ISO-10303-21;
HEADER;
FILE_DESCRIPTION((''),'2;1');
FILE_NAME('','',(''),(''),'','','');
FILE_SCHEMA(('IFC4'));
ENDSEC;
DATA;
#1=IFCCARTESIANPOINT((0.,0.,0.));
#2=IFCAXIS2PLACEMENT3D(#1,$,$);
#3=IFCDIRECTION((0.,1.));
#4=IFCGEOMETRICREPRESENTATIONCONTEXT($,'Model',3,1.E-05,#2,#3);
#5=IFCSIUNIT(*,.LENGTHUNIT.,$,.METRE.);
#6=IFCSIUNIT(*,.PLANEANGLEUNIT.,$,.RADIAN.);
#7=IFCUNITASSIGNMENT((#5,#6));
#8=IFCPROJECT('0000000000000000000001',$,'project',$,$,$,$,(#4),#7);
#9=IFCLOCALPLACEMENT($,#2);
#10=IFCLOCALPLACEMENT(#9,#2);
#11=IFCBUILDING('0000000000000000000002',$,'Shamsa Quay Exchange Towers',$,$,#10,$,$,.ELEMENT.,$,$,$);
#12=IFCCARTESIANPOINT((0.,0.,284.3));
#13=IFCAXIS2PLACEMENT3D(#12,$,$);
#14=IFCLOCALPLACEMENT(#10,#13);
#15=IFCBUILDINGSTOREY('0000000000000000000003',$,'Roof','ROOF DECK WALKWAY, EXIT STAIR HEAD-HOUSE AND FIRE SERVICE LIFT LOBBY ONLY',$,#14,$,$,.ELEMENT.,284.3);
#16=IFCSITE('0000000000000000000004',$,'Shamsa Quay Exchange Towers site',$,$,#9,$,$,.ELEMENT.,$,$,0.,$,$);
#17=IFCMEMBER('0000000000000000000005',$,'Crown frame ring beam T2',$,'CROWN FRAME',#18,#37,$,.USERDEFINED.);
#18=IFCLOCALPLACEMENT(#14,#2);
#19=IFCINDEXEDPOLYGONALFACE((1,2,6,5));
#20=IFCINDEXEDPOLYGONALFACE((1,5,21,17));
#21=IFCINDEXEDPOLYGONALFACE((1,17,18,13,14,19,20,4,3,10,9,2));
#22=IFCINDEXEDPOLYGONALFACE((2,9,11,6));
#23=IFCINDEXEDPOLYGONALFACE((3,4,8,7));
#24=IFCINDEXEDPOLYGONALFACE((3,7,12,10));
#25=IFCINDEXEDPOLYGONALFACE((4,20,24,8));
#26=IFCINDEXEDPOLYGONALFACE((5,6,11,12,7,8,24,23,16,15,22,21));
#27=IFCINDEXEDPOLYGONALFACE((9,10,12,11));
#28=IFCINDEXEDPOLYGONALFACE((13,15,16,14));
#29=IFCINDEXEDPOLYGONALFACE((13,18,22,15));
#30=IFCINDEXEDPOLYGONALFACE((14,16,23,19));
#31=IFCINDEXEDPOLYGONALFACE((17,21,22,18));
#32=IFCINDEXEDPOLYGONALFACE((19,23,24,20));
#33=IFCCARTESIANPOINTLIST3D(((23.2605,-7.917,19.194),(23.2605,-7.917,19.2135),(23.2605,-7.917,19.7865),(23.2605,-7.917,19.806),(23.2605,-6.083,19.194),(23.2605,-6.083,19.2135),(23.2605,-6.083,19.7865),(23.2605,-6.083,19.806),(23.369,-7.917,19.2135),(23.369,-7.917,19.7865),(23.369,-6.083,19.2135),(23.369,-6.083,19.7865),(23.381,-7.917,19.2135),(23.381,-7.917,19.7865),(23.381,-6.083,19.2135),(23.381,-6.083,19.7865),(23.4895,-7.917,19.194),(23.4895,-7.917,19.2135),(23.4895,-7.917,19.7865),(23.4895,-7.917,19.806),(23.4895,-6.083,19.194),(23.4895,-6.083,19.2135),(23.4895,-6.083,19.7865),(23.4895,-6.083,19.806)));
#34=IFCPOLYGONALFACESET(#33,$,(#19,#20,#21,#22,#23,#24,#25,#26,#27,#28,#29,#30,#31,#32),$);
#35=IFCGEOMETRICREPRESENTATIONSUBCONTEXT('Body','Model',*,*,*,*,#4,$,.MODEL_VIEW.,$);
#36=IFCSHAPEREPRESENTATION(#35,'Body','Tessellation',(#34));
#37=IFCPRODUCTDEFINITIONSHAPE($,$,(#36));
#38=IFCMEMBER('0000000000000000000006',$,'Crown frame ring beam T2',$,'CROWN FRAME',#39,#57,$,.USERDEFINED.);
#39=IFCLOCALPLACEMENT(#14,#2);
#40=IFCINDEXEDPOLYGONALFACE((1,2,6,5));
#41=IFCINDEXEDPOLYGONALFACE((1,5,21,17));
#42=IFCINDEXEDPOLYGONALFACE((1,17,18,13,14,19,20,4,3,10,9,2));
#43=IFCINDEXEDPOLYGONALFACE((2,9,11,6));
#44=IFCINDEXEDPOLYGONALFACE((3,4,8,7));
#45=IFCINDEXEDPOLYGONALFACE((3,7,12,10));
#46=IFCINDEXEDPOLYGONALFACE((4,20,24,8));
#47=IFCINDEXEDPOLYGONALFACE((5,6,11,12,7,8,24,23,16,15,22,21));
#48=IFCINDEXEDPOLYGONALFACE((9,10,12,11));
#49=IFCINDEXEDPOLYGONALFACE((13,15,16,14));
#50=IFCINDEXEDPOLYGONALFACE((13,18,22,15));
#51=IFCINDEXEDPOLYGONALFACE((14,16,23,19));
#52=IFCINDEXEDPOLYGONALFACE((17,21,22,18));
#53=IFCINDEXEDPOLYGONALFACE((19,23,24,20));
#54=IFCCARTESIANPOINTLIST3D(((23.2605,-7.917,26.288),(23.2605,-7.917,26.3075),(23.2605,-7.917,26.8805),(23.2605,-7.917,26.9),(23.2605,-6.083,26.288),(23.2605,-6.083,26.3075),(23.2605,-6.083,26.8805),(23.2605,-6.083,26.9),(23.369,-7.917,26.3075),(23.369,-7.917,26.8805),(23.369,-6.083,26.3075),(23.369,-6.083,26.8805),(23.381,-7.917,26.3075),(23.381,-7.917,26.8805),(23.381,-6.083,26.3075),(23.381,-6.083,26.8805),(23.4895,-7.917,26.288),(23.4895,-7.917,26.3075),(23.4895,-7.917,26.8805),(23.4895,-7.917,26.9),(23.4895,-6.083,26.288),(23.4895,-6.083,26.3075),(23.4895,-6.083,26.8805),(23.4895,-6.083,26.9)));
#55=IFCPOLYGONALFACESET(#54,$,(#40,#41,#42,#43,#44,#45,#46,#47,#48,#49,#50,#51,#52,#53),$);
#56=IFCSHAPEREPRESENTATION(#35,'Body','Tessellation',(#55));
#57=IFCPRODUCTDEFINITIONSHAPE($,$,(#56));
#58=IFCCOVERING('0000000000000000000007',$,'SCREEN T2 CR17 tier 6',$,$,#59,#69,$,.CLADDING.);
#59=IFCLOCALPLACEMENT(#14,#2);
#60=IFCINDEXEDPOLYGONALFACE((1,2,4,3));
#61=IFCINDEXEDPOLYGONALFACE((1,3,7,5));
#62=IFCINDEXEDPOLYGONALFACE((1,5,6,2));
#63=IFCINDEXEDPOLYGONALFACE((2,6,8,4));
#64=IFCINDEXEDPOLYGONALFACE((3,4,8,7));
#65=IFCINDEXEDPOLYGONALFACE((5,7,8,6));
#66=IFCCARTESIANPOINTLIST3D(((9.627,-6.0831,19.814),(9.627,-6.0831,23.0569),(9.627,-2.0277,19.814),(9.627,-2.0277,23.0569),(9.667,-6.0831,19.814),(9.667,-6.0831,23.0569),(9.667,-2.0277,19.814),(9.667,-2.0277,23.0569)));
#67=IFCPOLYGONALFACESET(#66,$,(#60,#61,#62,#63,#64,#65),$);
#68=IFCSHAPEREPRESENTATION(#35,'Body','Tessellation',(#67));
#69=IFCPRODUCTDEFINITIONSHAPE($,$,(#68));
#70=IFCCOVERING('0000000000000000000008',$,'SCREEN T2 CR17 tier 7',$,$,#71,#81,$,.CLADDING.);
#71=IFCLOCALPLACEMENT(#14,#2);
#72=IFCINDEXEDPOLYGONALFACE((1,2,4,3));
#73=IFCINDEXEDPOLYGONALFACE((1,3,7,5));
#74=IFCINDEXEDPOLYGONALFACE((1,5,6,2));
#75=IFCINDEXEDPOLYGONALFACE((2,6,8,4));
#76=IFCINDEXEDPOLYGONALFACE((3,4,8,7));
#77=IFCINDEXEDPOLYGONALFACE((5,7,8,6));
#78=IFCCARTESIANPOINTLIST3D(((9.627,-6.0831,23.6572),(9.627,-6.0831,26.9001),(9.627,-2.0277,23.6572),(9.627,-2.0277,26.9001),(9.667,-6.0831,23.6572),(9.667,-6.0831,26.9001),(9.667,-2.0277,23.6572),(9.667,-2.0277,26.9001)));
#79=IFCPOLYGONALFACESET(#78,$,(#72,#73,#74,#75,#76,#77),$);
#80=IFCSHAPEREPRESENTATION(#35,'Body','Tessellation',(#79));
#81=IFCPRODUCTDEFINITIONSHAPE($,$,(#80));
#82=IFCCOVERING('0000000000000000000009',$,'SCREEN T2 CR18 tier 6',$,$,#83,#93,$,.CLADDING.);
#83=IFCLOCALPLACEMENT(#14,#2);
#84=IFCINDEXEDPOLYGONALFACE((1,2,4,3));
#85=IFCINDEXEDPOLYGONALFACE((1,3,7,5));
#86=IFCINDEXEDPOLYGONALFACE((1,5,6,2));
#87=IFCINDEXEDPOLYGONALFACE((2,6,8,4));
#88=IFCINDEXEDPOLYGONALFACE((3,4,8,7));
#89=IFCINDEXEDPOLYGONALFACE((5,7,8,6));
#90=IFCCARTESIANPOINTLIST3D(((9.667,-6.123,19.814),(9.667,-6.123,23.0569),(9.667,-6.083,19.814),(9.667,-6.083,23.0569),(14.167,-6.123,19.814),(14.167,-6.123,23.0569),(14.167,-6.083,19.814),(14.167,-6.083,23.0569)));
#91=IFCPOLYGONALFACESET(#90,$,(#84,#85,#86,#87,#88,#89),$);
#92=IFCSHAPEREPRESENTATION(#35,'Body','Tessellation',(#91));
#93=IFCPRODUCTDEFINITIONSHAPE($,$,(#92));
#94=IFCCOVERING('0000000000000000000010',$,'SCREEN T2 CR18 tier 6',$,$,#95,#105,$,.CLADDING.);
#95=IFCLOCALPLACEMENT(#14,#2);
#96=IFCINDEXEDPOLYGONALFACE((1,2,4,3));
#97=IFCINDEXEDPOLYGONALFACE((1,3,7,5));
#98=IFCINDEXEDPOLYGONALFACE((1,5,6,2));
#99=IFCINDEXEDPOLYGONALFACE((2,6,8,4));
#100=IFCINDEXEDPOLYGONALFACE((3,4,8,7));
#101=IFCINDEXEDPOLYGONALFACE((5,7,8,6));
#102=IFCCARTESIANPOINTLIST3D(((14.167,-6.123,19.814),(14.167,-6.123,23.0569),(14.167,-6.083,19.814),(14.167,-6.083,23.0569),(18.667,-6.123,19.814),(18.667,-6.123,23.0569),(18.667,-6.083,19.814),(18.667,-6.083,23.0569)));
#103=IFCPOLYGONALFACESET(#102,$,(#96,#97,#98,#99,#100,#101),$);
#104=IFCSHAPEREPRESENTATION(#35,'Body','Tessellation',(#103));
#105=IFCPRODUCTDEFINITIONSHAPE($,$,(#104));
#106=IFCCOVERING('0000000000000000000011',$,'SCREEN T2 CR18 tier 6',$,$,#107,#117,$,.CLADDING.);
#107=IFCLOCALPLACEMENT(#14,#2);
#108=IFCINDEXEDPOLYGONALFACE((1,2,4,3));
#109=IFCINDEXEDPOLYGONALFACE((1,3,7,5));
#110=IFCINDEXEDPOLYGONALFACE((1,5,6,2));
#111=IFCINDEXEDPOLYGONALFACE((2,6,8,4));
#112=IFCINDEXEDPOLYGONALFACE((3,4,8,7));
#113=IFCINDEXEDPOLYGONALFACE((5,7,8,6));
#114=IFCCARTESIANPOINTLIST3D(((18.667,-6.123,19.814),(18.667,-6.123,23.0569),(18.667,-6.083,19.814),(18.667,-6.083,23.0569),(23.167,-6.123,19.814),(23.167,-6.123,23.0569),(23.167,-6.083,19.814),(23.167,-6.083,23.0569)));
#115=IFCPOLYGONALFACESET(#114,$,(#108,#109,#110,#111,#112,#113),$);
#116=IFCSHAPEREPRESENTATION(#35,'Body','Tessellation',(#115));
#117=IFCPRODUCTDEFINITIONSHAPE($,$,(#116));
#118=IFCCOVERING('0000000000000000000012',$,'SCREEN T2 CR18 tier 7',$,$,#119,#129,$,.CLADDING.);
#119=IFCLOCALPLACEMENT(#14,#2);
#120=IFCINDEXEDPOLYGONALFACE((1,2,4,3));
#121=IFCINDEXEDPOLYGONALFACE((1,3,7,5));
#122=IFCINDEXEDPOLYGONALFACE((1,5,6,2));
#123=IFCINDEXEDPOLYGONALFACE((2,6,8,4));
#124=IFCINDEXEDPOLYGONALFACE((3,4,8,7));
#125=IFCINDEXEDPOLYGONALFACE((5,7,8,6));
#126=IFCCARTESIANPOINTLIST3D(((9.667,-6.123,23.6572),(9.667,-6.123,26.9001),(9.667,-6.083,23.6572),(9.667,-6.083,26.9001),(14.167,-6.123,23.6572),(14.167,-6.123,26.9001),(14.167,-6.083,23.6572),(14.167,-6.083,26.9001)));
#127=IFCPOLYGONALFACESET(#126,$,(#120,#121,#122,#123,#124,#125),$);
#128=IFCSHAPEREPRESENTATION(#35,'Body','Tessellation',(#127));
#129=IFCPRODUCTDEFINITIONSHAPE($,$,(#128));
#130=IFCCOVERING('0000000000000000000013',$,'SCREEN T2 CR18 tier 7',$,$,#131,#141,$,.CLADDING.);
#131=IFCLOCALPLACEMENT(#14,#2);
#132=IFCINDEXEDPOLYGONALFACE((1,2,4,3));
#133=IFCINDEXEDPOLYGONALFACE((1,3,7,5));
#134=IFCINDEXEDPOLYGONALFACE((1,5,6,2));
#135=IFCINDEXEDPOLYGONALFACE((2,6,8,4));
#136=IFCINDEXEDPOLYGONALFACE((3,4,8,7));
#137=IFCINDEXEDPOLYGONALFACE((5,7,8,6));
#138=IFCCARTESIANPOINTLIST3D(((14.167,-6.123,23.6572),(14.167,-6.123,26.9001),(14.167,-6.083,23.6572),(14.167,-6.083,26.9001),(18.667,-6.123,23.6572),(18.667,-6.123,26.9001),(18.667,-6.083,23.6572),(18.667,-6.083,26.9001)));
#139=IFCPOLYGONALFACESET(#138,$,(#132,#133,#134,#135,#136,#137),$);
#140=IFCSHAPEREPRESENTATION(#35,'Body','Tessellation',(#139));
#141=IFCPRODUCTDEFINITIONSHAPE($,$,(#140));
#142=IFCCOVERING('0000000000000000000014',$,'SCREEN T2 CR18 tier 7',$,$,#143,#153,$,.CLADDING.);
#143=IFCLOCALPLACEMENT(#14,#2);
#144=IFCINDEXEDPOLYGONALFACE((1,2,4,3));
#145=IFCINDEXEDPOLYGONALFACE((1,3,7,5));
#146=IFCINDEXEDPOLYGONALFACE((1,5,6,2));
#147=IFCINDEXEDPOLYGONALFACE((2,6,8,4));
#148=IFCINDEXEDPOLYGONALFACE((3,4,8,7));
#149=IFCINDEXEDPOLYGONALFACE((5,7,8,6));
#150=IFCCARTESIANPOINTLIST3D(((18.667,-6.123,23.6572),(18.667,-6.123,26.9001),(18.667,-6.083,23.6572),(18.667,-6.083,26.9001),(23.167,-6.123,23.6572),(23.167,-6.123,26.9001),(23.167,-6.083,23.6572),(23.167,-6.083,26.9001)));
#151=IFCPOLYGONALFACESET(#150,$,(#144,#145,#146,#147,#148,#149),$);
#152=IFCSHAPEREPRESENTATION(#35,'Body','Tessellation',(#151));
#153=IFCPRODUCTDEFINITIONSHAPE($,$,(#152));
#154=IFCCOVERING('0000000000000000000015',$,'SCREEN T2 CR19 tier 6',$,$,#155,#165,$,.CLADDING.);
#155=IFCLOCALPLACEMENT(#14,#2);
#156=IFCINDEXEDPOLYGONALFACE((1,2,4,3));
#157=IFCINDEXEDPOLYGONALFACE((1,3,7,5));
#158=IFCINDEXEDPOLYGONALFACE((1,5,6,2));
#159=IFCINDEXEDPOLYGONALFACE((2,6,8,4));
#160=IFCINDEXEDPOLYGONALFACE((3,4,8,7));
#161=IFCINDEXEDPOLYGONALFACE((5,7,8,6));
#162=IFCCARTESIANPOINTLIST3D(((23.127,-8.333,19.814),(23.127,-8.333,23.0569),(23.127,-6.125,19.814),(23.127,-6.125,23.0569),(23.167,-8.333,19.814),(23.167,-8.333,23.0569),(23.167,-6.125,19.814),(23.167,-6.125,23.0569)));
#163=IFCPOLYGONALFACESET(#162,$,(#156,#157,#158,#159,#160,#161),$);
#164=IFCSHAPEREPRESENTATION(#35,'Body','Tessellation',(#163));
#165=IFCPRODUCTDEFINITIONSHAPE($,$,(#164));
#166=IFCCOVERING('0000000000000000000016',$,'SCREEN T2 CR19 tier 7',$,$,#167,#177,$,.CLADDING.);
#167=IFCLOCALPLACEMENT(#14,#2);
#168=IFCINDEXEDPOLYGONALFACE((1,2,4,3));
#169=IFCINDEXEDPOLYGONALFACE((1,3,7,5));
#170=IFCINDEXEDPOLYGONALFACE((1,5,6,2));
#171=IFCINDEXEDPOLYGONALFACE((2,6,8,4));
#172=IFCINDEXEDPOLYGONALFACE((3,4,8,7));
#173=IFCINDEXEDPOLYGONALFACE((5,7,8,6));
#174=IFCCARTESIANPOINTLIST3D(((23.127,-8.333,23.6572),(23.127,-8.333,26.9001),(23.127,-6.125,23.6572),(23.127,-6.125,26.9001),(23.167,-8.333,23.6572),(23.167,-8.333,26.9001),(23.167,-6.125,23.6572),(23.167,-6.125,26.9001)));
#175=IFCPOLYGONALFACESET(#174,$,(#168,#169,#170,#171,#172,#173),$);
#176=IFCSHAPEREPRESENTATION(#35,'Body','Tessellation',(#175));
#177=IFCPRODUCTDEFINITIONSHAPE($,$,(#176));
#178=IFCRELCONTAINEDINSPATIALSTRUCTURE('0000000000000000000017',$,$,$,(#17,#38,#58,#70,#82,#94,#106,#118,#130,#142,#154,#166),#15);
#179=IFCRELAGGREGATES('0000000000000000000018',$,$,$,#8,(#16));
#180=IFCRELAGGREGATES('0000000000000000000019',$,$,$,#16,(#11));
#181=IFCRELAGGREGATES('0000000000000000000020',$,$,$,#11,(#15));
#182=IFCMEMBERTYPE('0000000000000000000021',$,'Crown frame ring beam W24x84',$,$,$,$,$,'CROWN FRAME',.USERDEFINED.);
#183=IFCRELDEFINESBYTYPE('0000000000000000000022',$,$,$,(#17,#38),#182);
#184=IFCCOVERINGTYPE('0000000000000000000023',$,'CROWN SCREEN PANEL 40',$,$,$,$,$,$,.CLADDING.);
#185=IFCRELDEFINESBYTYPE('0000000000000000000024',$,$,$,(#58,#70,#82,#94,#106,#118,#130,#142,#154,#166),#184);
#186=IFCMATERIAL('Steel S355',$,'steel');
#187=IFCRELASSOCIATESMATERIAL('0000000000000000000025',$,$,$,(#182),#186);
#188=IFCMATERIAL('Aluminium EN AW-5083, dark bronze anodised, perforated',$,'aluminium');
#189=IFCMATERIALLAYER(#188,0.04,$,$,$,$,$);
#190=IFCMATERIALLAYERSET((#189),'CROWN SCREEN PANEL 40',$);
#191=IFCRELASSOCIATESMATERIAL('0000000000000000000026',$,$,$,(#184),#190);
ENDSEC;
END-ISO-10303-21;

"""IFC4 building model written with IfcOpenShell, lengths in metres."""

from ifc_helpers import new_model, si_unit, direction, frame, origin, origin_2d, place, context, subcontext, project, spatial, rectangle, i_section, extrude, material, layer, layer_set, material_profile, profile_set, type_object, element, save


model = new_model("IFC4")

# Units and contexts
model_context = context("Model", 3, precision=1e-05, world=origin(), true_north=direction((0.0, 1.0)))
body_context = subcontext(model_context, "Body", "Model", "MODEL_VIEW")
ifc_project = project(units=[si_unit("LENGTHUNIT", "METRE"), si_unit("PLANEANGLEUNIT", "RADIAN")], contexts=[model_context])

# Site, building, storey
site_placement = place(None, origin())
site = spatial("IfcSite", under=ifc_project, at=site_placement, Name="Shamsa Quay Exchange Towers site", CompositionType="ELEMENT", RefElevation=0.0)
building_placement = place(site_placement, origin())
building = spatial("IfcBuilding", under=site, at=building_placement, Name="Shamsa Quay Exchange Towers", CompositionType="ELEMENT")
storey_placement = place(building_placement, frame((0.0, 0.0, 284.3)))
storey = spatial("IfcBuildingStorey", under=building, at=storey_placement, Name="Roof", Description="ROOF DECK WALKWAY, EXIT STAIR HEAD-HOUSE AND FIRE SERVICE LIFT LOBBY ONLY", CompositionType="ELEMENT", Elevation=284.3)

# Members
ifc_material_1 = material(Name="Steel S355", Category="steel")
ifc_material_profile_1 = material_profile(ifc_material_1, i_section(OverallWidth=0.229, OverallDepth=0.6121, WebThickness=0.012, FlangeThickness=0.0195, at=origin_2d()), Name="W24x84")
ifc_profile_set_1 = profile_set([ifc_material_profile_1], Name="Steel S355")
member_type_1 = type_object("IfcMemberType", Name="Crown frame ring beam W24x84", ElementType="CROWN FRAME", PredefinedType="USERDEFINED", material=ifc_profile_set_1)
for number, where, z_axis, x_axis, name in (
    (1, (23.375, -6.083, 19.5), (0.0, -1.0, 0.0), (1.0, 0.0, 0.0), "Crown frame ring beam T2"),
    (2, (23.375, -6.083, 26.594), (0.0, -1.0, 0.0), (1.0, 0.0, 0.0), "Crown frame ring beam T2"),
):
    element("IfcMember", number, at=place(storey_placement, frame(where, z_axis=z_axis, x_axis=x_axis)), inside=storey, type_object=member_type_1, Name=name, ObjectType="CROWN FRAME", PredefinedType="USERDEFINED", context=body_context, shape_type="SweptSolid", body=[
        extrude(i_section(OverallWidth=0.229, OverallDepth=0.6121, WebThickness=0.012, FlangeThickness=0.0195, at=origin_2d()), origin(), (0.0, 0.0, 1.0), 1.834),
    ])

# Coverings
ifc_material_2 = material(Name="Aluminium EN AW-5083, dark bronze anodised, perforated", Category="aluminium")
ifc_layer = layer(ifc_material_2, 0.04)
ifc_layer_set = layer_set([ifc_layer], Name="CROWN SCREEN PANEL 40")
covering_type = type_object("IfcCoveringType", Name="CROWN SCREEN PANEL 40", PredefinedType="CLADDING", material=ifc_layer_set)
for number, where, z_axis, x_axis, name in (
    (3, (9.647, -4.0554, 19.814), (0.0, 0.0, 1.0), (0.0, -1.0, 0.0), "SCREEN T2 CR17 tier 6"),
    (4, (9.647, -4.0554, 23.6572), (0.0, 0.0, 1.0), (0.0, -1.0, 0.0), "SCREEN T2 CR17 tier 7"),
):
    element("IfcCovering", number, at=place(storey_placement, frame(where, z_axis=z_axis, x_axis=x_axis)), inside=storey, type_object=covering_type, Name=name, PredefinedType="CLADDING", context=body_context, shape_type="SweptSolid", body=[
        extrude(rectangle(XDim=4.0554, YDim=0.04, at=origin_2d()), origin(), (0.0, 0.0, 1.0), 3.2429),
    ])
for number, where, name in (
    (5, (11.917, -6.103, 19.814), "SCREEN T2 CR18 tier 6"),
    (6, (16.417, -6.103, 19.814), "SCREEN T2 CR18 tier 6"),
    (7, (20.917, -6.103, 19.814), "SCREEN T2 CR18 tier 6"),
    (8, (11.917, -6.103, 23.6572), "SCREEN T2 CR18 tier 7"),
    (9, (16.417, -6.103, 23.6572), "SCREEN T2 CR18 tier 7"),
    (10, (20.917, -6.103, 23.6572), "SCREEN T2 CR18 tier 7"),
):
    element("IfcCovering", number, at=place(storey_placement, frame(where)), inside=storey, type_object=covering_type, Name=name, PredefinedType="CLADDING", context=body_context, shape_type="SweptSolid", body=[
        extrude(rectangle(XDim=4.5, YDim=0.04, at=origin_2d()), origin(), (0.0, 0.0, 1.0), 3.2429),
    ])
for number, where, z_axis, x_axis, name in (
    (11, (23.147, -7.229, 19.814), (0.0, 0.0, 1.0), (0.0, -1.0, 0.0), "SCREEN T2 CR19 tier 6"),
    (12, (23.147, -7.229, 23.6572), (0.0, 0.0, 1.0), (0.0, -1.0, 0.0), "SCREEN T2 CR19 tier 7"),
):
    element("IfcCovering", number, at=place(storey_placement, frame(where, z_axis=z_axis, x_axis=x_axis)), inside=storey, type_object=covering_type, Name=name, PredefinedType="CLADDING", context=body_context, shape_type="SweptSolid", body=[
        extrude(rectangle(XDim=2.208, YDim=0.04, at=origin_2d()), origin(), (0.0, 0.0, 1.0), 3.2429),
    ])

save(model, "model.ifc")
